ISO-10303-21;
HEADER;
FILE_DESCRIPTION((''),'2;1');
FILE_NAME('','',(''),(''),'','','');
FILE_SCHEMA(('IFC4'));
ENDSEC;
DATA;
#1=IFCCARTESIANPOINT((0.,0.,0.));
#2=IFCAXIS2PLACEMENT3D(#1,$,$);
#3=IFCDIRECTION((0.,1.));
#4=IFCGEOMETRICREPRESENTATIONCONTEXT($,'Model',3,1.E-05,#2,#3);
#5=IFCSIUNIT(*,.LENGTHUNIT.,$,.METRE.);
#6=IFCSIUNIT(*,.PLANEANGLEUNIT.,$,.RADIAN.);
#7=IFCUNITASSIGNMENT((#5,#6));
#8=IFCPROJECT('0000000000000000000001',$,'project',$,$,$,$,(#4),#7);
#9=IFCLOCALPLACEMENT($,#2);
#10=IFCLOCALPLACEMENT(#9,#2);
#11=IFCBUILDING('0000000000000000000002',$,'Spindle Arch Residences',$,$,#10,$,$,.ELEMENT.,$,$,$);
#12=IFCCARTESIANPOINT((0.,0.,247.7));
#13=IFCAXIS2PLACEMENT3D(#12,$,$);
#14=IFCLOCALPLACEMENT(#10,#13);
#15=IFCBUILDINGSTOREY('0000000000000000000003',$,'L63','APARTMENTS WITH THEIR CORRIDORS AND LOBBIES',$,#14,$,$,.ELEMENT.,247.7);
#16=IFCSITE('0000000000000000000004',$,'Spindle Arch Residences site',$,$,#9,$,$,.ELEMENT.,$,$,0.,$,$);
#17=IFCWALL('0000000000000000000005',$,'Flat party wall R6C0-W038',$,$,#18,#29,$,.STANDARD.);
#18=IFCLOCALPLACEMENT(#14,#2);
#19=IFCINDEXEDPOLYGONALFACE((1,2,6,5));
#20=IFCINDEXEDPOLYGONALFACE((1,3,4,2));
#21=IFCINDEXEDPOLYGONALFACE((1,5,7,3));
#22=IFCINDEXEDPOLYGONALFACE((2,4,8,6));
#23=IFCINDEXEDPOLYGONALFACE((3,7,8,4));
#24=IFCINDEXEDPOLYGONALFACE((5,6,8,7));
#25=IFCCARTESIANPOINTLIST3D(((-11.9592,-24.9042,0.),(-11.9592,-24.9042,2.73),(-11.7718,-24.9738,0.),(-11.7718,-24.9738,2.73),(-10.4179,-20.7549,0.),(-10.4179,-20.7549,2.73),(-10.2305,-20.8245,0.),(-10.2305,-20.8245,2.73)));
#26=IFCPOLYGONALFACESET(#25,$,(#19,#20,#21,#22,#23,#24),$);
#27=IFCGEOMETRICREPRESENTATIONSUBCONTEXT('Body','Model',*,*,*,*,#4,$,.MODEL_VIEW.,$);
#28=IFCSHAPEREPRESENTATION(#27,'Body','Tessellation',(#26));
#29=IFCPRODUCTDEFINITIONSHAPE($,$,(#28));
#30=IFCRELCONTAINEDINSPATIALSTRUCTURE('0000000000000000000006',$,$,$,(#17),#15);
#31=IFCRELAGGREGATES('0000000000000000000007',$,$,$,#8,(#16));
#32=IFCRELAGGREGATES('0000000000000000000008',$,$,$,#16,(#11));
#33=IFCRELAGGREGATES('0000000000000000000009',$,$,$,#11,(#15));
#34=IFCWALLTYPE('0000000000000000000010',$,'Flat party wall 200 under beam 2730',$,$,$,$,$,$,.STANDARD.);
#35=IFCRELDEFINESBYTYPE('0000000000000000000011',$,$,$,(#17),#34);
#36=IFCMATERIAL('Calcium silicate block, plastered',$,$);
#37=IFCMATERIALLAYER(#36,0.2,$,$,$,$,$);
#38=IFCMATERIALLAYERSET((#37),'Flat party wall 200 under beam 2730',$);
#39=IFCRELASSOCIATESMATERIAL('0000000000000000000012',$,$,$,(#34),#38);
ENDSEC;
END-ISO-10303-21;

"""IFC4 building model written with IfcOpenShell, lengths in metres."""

from ifc_helpers import new_model, si_unit, direction, frame, frame_2d, origin, place, context, subcontext, project, spatial, rectangle, extrude, material, layer, layer_set, type_object, element, save


model = new_model("IFC4")

# Units and contexts
model_context = context("Model", 3, precision=1e-05, world=origin(), true_north=direction((0.0, 1.0)))
body_context = subcontext(model_context, "Body", "Model", "MODEL_VIEW")
ifc_project = project(units=[si_unit("LENGTHUNIT", "METRE"), si_unit("PLANEANGLEUNIT", "RADIAN")], contexts=[model_context])

# Site, building, storey
site_placement = place(None, origin())
site = spatial("IfcSite", under=ifc_project, at=site_placement, Name="Spindle Arch Residences site", CompositionType="ELEMENT", RefElevation=0.0)
building_placement = place(site_placement, origin())
building = spatial("IfcBuilding", under=site, at=building_placement, Name="Spindle Arch Residences", CompositionType="ELEMENT")
storey_placement = place(building_placement, frame((0.0, 0.0, 247.7)))
storey = spatial("IfcBuildingStorey", under=building, at=storey_placement, Name="L63", Description="APARTMENTS WITH THEIR CORRIDORS AND LOBBIES", CompositionType="ELEMENT", Elevation=247.7)

# Wall
ifc_material_1 = material(Name="Calcium silicate block, plastered")
ifc_layer_1 = layer(ifc_material_1, 0.2)
ifc_layer_set_1 = layer_set([ifc_layer_1], Name="Flat party wall 200 under beam 2730")
wall_type_1 = type_object("IfcWallType", Name="Flat party wall 200 under beam 2730", PredefinedType="STANDARD", material=ifc_layer_set_1)
wall_1_placement = place(storey_placement, frame((-11.8655, -24.939, 0.0), z_axis=(0.0, 0.0, 1.0), x_axis=(0.348214, 0.937415, 0.0)))
element("IfcWall", 1, at=wall_1_placement, inside=storey, type_object=wall_type_1, Name="Flat party wall R6C0-W038", PredefinedType="STANDARD", context=body_context, shape_type="SweptSolid", body=[
    extrude(rectangle(XDim=4.4263, YDim=0.2, at=frame_2d((2.2131, 0.0))), origin(), (0.0, 0.0, 1.0), 2.73),
])

save(model, "model.ifc")
